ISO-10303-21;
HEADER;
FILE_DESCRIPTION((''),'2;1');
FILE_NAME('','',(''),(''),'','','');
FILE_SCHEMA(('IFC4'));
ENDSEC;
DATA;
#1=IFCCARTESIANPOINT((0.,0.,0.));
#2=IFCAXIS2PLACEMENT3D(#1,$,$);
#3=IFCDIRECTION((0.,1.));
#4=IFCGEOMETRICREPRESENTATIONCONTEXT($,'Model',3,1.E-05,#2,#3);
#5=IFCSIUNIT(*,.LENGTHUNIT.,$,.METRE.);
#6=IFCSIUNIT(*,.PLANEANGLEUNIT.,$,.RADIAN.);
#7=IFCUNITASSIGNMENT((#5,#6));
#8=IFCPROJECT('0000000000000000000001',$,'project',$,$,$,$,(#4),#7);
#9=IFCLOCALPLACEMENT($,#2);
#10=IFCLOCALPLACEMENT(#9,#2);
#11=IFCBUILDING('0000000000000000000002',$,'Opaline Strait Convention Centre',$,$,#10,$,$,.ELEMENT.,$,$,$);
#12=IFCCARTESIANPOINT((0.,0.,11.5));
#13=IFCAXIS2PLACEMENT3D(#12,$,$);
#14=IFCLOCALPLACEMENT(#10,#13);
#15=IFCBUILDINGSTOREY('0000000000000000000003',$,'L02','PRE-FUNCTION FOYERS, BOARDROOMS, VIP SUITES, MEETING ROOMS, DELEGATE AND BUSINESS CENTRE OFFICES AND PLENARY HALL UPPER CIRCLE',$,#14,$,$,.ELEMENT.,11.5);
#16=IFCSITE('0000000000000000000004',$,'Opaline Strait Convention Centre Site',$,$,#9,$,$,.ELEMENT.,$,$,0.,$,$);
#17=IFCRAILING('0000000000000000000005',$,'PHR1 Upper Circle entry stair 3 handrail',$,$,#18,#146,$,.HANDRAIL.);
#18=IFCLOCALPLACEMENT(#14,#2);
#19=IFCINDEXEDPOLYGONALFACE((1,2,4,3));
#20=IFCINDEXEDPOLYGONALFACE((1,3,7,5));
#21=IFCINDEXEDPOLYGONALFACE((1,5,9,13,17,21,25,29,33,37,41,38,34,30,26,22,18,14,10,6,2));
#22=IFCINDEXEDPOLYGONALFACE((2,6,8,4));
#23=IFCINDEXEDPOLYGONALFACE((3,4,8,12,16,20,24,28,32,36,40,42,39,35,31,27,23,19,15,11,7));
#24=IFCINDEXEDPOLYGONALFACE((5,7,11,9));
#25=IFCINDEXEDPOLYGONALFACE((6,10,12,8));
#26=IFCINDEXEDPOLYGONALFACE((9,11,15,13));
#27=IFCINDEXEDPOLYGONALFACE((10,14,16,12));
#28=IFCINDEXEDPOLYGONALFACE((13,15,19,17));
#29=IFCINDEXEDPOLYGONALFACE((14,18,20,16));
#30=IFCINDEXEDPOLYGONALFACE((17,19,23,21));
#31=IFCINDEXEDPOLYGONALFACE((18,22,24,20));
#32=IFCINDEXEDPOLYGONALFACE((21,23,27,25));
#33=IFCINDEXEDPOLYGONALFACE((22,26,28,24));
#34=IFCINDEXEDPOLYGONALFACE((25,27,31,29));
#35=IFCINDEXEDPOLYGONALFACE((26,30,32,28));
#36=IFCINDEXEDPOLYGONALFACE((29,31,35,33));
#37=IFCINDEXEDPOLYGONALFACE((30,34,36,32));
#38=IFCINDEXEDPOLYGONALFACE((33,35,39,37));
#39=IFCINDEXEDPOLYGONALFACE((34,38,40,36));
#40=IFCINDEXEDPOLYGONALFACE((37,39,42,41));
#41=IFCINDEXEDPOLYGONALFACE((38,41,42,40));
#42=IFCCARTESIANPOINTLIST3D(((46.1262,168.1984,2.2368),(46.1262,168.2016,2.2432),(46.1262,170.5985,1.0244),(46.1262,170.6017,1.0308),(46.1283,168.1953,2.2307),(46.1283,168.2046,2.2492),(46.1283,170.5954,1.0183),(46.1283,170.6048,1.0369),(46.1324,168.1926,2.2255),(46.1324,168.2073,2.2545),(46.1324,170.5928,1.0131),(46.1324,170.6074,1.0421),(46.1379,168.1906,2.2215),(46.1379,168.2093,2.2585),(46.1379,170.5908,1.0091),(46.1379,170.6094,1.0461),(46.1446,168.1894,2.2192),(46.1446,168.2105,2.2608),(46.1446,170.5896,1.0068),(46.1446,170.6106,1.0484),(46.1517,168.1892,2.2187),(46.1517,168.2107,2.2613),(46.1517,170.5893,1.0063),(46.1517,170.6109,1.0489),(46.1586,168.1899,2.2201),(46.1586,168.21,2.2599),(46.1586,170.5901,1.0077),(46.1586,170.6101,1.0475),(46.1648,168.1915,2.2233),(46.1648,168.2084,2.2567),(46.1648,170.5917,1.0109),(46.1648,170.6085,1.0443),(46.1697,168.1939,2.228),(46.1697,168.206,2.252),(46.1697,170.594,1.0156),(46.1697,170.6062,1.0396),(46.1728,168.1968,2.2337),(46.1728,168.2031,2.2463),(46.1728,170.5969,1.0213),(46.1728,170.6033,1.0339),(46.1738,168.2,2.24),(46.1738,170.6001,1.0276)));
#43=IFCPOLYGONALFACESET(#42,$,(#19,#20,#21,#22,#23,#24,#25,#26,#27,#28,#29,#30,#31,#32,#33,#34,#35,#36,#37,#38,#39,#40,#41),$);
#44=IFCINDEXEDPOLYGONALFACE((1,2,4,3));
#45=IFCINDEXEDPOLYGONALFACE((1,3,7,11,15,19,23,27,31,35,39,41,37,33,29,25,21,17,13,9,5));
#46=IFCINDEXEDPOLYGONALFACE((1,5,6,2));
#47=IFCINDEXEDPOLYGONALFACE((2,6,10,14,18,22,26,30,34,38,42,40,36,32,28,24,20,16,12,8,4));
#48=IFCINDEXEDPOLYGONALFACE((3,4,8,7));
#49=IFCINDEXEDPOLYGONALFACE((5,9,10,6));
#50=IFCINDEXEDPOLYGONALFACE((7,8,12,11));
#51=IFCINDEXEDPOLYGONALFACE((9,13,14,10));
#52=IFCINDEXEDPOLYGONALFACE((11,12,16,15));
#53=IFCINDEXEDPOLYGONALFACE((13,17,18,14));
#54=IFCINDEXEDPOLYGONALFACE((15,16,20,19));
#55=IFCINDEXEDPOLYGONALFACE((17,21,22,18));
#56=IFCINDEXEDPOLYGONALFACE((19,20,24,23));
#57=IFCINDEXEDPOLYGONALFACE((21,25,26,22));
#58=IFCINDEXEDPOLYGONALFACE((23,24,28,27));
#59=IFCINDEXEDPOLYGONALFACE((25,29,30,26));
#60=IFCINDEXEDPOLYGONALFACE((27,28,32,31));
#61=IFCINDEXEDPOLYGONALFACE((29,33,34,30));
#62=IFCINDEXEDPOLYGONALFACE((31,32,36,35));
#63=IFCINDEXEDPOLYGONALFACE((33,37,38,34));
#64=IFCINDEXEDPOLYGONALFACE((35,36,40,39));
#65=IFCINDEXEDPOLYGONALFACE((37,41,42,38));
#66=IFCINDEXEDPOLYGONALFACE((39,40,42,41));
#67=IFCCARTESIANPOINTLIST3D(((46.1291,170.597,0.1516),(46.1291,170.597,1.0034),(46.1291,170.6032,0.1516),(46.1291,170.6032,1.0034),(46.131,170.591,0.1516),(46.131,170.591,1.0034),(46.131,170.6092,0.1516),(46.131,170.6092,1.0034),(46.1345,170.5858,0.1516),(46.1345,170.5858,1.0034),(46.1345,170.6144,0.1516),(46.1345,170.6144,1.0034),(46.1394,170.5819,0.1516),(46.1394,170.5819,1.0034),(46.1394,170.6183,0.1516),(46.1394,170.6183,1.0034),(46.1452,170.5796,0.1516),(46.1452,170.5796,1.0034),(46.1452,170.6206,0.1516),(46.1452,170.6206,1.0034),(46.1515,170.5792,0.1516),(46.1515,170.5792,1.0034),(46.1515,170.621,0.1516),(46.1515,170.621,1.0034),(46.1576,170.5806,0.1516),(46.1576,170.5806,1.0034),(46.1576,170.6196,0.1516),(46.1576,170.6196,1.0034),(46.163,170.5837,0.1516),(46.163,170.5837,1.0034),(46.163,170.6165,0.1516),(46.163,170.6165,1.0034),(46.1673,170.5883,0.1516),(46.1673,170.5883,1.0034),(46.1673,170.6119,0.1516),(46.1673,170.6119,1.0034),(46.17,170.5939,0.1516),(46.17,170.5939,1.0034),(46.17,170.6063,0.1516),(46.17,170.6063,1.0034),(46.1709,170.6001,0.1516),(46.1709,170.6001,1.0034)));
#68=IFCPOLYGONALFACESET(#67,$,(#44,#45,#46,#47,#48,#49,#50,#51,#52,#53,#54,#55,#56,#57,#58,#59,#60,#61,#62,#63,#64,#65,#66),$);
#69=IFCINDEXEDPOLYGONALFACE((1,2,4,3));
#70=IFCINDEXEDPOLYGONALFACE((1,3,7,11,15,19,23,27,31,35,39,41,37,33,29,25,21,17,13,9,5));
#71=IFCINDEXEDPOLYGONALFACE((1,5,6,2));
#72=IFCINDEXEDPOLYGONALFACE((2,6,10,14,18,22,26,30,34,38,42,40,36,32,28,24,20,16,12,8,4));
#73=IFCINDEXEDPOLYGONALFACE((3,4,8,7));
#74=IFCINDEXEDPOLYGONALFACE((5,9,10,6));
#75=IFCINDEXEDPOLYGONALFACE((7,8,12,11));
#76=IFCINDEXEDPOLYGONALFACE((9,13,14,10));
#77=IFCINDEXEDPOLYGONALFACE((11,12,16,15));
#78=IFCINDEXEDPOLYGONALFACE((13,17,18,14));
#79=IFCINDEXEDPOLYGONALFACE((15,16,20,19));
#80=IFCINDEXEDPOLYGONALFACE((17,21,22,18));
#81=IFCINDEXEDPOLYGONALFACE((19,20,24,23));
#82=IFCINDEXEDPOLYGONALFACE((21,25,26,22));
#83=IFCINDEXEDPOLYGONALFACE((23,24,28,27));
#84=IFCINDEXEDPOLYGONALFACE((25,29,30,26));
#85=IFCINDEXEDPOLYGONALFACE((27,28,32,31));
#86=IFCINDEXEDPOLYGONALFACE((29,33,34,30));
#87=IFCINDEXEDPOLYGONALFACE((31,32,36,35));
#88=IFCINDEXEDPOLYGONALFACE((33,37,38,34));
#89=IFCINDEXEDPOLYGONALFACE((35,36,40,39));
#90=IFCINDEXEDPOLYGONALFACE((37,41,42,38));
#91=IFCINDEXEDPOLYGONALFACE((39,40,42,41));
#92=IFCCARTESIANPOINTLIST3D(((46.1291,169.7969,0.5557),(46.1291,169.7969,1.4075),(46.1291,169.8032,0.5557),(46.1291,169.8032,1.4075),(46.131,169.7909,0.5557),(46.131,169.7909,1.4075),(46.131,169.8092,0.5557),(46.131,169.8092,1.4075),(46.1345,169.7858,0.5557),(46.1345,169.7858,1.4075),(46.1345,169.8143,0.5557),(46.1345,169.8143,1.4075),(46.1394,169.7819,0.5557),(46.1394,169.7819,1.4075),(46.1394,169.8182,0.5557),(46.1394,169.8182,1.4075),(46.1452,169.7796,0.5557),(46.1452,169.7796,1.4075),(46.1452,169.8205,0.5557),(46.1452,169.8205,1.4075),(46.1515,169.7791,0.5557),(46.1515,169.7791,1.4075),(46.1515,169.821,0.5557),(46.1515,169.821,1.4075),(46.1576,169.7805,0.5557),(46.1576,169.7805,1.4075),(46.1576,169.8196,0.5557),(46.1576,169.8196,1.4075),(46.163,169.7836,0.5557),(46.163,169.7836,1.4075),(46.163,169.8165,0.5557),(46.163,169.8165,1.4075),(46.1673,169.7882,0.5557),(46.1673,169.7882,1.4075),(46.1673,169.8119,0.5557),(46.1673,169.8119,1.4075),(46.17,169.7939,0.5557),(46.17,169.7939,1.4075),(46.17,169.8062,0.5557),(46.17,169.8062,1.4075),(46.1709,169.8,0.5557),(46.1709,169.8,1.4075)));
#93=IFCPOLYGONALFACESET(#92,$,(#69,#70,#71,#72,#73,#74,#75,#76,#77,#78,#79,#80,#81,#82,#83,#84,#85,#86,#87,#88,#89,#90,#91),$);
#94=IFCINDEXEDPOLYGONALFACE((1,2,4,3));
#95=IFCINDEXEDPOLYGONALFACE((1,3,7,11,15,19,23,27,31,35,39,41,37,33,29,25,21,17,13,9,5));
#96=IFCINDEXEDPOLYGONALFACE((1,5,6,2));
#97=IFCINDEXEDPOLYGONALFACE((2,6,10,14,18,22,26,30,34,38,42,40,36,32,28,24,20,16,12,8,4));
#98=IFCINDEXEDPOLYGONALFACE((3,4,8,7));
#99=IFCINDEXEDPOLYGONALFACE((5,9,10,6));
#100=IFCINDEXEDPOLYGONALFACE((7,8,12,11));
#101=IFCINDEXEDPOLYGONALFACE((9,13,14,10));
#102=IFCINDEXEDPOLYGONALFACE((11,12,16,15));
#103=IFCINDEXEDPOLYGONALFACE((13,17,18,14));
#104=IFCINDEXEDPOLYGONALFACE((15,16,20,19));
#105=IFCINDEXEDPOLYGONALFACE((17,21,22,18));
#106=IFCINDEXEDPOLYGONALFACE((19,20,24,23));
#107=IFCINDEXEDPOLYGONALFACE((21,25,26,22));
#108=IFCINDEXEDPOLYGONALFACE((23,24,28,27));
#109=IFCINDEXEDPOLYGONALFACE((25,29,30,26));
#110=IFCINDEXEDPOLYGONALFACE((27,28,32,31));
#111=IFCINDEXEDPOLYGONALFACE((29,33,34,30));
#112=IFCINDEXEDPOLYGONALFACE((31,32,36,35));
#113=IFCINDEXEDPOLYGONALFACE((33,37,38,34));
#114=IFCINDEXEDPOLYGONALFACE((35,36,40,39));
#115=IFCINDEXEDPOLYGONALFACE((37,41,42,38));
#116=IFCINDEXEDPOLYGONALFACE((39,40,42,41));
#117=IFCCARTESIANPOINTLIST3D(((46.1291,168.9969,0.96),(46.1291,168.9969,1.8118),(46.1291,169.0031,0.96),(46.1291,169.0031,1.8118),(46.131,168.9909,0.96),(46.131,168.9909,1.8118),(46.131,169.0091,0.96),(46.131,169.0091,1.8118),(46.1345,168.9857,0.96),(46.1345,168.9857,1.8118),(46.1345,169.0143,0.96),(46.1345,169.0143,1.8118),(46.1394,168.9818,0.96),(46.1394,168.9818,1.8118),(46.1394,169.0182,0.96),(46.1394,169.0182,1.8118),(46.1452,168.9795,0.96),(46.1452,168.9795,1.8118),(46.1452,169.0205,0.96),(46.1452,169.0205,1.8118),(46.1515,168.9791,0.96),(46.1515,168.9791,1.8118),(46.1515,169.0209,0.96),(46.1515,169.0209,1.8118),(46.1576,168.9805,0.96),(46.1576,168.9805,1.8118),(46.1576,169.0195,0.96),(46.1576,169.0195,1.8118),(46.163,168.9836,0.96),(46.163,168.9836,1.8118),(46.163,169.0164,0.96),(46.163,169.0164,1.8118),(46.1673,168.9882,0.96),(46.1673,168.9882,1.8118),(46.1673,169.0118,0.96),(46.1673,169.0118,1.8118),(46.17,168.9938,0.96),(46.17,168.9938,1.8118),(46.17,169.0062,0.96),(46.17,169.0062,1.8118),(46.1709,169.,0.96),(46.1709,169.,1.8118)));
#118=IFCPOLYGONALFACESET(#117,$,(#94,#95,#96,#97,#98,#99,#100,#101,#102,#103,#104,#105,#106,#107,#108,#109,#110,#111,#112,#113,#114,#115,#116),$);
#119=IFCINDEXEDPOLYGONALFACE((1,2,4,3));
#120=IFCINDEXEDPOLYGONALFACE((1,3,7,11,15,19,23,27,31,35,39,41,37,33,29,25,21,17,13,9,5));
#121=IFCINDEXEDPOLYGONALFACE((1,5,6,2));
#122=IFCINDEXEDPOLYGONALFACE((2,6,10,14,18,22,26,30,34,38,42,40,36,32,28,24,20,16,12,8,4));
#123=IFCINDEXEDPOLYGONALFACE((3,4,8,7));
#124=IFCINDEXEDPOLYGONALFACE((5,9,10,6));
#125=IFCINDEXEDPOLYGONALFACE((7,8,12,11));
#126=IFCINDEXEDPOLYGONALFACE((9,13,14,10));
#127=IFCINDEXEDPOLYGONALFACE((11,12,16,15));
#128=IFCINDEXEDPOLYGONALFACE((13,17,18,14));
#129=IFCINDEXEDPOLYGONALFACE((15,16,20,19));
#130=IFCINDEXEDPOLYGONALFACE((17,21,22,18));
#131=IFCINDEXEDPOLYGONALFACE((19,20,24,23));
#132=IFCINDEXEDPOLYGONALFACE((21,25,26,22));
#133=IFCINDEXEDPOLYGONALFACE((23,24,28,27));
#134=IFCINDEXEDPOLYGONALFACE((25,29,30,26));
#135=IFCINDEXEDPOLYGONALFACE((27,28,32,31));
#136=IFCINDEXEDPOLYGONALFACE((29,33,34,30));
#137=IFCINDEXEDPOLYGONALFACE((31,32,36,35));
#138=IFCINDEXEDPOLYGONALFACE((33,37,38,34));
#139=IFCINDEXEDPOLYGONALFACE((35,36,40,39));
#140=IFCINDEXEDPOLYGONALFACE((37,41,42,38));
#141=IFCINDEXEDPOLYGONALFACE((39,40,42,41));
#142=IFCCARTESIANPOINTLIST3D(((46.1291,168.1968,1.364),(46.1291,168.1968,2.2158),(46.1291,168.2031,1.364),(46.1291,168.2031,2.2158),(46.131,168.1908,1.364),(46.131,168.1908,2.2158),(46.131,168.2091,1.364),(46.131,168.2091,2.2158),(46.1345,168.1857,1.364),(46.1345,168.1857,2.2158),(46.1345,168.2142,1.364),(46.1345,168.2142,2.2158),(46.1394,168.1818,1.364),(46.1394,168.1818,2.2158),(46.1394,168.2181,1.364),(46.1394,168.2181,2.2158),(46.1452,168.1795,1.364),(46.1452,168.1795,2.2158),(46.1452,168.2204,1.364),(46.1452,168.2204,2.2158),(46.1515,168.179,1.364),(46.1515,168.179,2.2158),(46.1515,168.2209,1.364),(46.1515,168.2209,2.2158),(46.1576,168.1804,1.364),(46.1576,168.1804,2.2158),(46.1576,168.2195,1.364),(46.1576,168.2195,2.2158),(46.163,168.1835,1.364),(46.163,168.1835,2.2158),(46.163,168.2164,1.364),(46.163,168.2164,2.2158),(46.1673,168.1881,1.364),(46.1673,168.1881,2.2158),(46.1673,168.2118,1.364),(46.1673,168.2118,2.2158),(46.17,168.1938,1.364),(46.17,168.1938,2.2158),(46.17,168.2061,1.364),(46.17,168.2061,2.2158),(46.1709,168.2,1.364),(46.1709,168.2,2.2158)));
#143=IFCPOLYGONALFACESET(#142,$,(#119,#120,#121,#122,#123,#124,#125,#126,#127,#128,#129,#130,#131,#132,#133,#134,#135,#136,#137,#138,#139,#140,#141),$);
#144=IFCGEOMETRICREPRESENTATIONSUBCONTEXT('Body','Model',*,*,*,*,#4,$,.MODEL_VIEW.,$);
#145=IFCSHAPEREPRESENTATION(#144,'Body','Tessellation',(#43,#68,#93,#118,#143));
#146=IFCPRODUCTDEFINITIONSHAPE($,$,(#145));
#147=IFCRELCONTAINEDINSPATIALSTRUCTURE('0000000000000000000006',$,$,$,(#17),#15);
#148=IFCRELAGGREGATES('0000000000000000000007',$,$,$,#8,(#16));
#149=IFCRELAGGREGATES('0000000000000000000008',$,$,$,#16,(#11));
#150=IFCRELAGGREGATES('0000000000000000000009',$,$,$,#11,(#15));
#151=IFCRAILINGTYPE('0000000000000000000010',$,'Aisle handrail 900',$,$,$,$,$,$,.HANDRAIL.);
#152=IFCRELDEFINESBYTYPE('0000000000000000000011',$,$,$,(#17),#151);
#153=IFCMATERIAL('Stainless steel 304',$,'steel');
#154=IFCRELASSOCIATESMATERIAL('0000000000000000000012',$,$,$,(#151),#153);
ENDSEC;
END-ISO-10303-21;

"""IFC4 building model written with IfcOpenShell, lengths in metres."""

from ifc_helpers import new_model, si_unit, direction, frame, origin, origin_2d, place, context, subcontext, project, spatial, circle, extrude, material, type_object, element, save


model = new_model("IFC4")

# Units and contexts
model_context = context("Model", 3, precision=1e-05, world=origin(), true_north=direction((0.0, 1.0)))
body_context = subcontext(model_context, "Body", "Model", "MODEL_VIEW")
ifc_project = project(units=[si_unit("LENGTHUNIT", "METRE"), si_unit("PLANEANGLEUNIT", "RADIAN")], contexts=[model_context])

# Site, building, storey
site_placement = place(None, origin())
site = spatial("IfcSite", under=ifc_project, at=site_placement, Name="Opaline Strait Convention Centre Site", CompositionType="ELEMENT", RefElevation=0.0)
building_placement = place(site_placement, origin())
building = spatial("IfcBuilding", under=site, at=building_placement, Name="Opaline Strait Convention Centre", CompositionType="ELEMENT")
storey_placement = place(building_placement, frame((0.0, 0.0, 11.5)))
storey = spatial("IfcBuildingStorey", under=building, at=storey_placement, Name="L02", Description="PRE-FUNCTION FOYERS, BOARDROOMS, VIP SUITES, MEETING ROOMS, DELEGATE AND BUSINESS CENTRE OFFICES AND PLENARY HALL UPPER CIRCLE", CompositionType="ELEMENT", Elevation=11.5)

# Railing
ifc_material_1 = material(Name="Stainless steel 304", Category="steel")
railing_type_1 = type_object("IfcRailingType", Name="Aisle handrail 900", PredefinedType="HANDRAIL", material=ifc_material_1)
for number, where, name in (
    (1, (46.1499, 170.6001, 0.1516), "PHR1 Upper Circle entry stair 3 handrail"),
):
    element("IfcRailing", number, at=place(storey_placement, frame(where)), inside=storey, type_object=railing_type_1, Name=name, PredefinedType="HANDRAIL", context=body_context, shape_type="SweptSolid", body=[
        extrude(circle(Radius=0.0239, at=origin_2d()), frame((0.0, 0.0, 0.876), z_axis=(0.0, -0.892586, 0.450878), x_axis=(1.0, 0.0, 0.0)), (0.0, 0.0, 1.0), 2.689),
        extrude(circle(Radius=0.021, at=origin_2d()), origin(), (0.0, 0.0, 1.0), 0.8518),
        extrude(circle(Radius=0.021, at=origin_2d()), frame((0.0, -0.8, 0.4041)), (0.0, 0.0, 1.0), 0.8518),
        extrude(circle(Radius=0.021, at=origin_2d()), frame((0.0, -1.6001, 0.8083)), (0.0, 0.0, 1.0), 0.8518),
        extrude(circle(Radius=0.021, at=origin_2d()), frame((0.0, -2.4001, 1.2124)), (0.0, 0.0, 1.0), 0.8518),
    ])

save(model, "model.ifc")
